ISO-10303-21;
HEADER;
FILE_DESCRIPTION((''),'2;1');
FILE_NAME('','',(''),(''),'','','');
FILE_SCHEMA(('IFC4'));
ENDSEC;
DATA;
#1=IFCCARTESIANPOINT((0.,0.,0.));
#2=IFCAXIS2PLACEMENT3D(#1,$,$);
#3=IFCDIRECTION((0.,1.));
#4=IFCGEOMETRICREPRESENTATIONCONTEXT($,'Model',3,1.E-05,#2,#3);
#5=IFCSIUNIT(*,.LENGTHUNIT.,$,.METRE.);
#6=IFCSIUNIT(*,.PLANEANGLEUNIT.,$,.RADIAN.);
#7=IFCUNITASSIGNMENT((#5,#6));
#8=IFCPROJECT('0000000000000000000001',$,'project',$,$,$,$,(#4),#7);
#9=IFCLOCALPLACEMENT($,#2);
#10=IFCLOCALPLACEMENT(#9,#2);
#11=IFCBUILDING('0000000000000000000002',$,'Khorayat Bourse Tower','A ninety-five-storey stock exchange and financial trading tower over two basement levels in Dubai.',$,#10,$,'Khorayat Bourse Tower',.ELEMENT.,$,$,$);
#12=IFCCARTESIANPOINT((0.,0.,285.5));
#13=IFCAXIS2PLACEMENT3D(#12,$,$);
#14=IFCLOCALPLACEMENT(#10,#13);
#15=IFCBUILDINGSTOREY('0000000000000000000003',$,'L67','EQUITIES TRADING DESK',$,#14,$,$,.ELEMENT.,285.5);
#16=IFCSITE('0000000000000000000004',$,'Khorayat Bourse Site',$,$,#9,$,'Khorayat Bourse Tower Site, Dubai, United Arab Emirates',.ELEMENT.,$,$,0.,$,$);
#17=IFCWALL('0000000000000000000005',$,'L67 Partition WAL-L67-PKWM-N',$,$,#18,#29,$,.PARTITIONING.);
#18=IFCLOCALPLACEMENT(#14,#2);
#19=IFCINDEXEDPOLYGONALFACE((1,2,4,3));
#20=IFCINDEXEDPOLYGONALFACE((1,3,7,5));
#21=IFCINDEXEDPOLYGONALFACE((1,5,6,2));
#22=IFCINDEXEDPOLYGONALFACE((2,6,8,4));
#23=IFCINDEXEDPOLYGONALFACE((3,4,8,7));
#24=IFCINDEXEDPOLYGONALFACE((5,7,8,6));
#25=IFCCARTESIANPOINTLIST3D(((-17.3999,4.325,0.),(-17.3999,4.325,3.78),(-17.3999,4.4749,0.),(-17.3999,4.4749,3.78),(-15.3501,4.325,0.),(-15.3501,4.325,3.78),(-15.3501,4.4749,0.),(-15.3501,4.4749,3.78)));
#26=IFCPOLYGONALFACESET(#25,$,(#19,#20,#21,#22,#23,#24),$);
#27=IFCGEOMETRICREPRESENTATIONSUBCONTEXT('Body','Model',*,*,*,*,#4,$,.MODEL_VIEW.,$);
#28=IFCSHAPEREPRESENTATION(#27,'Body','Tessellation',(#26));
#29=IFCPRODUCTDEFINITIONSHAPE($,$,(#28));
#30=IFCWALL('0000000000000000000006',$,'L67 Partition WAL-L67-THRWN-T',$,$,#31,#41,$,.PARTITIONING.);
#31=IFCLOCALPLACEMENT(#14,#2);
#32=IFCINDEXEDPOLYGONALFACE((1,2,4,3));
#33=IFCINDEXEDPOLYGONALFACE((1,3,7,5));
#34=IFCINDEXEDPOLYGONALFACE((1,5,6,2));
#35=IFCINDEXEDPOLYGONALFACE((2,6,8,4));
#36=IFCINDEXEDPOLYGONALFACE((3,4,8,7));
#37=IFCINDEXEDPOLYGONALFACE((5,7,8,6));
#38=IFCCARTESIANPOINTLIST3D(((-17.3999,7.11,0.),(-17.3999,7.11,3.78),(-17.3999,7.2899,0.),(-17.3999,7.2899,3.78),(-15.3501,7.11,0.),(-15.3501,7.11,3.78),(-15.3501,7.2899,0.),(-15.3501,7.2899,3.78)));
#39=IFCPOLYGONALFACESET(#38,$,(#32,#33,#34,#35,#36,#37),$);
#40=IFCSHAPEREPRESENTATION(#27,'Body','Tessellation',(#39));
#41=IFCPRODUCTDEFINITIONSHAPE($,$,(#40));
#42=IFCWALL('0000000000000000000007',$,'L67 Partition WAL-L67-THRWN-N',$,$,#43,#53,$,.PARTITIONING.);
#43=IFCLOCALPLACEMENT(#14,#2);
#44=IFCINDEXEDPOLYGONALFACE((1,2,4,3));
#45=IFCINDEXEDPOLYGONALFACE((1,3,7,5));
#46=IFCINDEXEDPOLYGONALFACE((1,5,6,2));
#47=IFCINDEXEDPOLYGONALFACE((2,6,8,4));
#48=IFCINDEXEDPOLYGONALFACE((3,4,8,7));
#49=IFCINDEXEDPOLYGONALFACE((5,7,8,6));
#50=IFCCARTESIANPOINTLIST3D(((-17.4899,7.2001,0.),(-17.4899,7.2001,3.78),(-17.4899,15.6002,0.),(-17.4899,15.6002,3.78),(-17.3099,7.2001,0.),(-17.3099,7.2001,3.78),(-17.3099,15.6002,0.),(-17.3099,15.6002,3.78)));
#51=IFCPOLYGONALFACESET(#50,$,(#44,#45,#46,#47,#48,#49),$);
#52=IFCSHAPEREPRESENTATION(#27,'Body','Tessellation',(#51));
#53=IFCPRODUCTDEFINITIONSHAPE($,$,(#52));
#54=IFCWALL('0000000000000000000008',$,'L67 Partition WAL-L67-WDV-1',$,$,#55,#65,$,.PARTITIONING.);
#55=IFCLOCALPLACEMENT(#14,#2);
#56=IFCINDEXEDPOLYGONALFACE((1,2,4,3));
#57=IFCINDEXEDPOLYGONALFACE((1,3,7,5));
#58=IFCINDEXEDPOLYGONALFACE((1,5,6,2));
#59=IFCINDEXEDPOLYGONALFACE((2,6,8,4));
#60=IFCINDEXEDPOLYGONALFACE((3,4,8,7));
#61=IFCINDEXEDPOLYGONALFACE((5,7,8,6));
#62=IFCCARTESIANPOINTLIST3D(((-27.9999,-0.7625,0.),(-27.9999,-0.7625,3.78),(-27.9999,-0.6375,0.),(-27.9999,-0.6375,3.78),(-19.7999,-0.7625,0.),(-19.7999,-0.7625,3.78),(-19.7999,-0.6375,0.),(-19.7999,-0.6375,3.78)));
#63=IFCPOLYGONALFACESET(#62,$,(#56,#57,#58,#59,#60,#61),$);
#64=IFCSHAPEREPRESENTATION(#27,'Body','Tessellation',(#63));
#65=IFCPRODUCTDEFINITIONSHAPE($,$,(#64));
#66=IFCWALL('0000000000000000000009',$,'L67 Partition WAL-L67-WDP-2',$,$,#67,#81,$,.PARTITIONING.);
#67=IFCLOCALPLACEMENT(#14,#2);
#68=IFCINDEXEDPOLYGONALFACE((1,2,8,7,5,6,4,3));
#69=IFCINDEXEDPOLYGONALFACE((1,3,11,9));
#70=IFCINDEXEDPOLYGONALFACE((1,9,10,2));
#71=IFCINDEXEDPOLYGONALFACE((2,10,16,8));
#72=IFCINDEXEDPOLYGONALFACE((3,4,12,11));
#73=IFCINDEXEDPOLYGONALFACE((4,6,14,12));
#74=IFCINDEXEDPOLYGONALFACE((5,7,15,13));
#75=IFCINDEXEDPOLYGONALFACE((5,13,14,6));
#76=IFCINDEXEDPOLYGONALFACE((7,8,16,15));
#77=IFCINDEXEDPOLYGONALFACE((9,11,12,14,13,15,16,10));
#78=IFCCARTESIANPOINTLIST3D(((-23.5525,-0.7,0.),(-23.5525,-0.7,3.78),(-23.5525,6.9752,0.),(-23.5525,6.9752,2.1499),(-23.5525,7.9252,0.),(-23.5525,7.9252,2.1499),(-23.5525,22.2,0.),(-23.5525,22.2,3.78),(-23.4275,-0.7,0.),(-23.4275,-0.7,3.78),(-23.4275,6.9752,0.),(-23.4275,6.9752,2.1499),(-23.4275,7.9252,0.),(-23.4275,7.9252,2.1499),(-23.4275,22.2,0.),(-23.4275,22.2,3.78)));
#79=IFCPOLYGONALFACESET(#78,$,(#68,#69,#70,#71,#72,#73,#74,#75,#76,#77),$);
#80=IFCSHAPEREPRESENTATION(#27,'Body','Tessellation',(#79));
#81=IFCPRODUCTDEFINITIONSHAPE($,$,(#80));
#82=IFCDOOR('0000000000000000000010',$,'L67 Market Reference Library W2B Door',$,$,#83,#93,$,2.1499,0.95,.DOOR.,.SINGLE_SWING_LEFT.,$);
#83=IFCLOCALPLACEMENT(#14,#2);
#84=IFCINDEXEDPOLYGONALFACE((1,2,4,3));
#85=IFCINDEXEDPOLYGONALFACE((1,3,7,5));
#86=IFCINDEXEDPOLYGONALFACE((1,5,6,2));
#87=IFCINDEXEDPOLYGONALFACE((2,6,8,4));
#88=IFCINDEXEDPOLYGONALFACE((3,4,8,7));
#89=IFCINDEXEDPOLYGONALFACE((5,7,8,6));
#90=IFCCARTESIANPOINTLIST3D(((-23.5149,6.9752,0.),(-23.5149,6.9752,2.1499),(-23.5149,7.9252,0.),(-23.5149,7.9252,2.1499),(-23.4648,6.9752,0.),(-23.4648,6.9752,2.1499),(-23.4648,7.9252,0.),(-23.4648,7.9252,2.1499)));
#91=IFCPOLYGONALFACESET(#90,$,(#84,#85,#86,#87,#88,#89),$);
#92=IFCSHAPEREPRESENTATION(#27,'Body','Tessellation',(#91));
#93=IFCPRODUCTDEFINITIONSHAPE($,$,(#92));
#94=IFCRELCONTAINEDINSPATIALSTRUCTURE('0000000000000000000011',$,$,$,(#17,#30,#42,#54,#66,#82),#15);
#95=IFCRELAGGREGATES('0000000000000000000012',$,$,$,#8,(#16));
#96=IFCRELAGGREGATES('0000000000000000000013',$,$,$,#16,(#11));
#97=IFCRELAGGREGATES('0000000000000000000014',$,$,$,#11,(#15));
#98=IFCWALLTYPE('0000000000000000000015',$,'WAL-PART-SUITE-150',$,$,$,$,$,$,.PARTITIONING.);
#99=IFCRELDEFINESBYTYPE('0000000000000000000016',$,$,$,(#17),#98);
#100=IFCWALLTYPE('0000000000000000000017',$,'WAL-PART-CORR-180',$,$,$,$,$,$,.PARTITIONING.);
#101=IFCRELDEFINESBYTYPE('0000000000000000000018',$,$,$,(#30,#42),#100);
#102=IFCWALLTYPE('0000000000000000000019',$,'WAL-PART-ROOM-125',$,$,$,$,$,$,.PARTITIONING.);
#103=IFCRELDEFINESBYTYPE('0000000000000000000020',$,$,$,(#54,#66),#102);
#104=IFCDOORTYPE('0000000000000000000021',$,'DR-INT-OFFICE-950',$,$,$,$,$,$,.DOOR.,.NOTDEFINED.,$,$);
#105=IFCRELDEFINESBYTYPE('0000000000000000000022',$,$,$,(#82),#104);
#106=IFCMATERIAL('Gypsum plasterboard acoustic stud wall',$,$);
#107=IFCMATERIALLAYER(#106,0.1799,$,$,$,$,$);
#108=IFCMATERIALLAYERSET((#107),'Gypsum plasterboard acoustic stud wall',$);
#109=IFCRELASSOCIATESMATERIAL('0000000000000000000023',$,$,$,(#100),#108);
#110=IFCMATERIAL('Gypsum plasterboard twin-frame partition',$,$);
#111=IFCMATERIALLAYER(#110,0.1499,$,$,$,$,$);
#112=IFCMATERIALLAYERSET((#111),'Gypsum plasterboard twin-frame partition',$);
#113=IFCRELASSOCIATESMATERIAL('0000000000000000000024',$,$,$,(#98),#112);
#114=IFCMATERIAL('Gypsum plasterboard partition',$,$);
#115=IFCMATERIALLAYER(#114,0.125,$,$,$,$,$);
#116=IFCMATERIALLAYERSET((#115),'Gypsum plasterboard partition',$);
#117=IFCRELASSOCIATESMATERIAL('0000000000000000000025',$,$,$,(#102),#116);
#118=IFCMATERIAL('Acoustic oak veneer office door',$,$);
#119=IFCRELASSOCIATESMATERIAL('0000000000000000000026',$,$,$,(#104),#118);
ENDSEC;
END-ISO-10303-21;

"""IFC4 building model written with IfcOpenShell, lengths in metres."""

from ifc_helpers import new_model, si_unit, direction, frame, frame_2d, origin, place, context, subcontext, project, spatial, rectangle, extrude, source, transform, mapped, material, layer, layer_set, type_object, element, fill, save


model = new_model("IFC4")

# Units and contexts
model_context = context("Model", 3, precision=1e-05, world=origin(), true_north=direction((0.0, 1.0)))
body_context = subcontext(model_context, "Body", "Model", "MODEL_VIEW")
ifc_project = project(units=[si_unit("LENGTHUNIT", "METRE"), si_unit("PLANEANGLEUNIT", "RADIAN")], contexts=[model_context])

# Site, building, storey
site_placement = place(None, origin())
site = spatial("IfcSite", under=ifc_project, at=site_placement, Name="Khorayat Bourse Site", LongName="Khorayat Bourse Tower Site, Dubai, United Arab Emirates", CompositionType="ELEMENT", RefElevation=0.0)
building_placement = place(site_placement, origin())
building = spatial("IfcBuilding", under=site, at=building_placement, Name="Khorayat Bourse Tower", Description="A ninety-five-storey stock exchange and financial trading tower over two basement levels in Dubai.", LongName="Khorayat Bourse Tower", CompositionType="ELEMENT")
storey_placement = place(building_placement, frame((0.0, 0.0, 285.5)))
storey = spatial("IfcBuildingStorey", under=building, at=storey_placement, Name="L67", Description="EQUITIES TRADING DESK", CompositionType="ELEMENT", Elevation=285.5)

# Walls
ifc_material_1 = material(Name="Gypsum plasterboard acoustic stud wall")
ifc_layer_1 = layer(ifc_material_1, 0.1799)
ifc_layer_set_1 = layer_set([ifc_layer_1], Name="Gypsum plasterboard acoustic stud wall")
wall_type_1 = type_object("IfcWallType", Name="WAL-PART-CORR-180", PredefinedType="PARTITIONING", material=ifc_layer_set_1)
ifc_material_2 = material(Name="Gypsum plasterboard twin-frame partition")
ifc_layer_2 = layer(ifc_material_2, 0.1499)
ifc_layer_set_2 = layer_set([ifc_layer_2], Name="Gypsum plasterboard twin-frame partition")
wall_type_2 = type_object("IfcWallType", Name="WAL-PART-SUITE-150", PredefinedType="PARTITIONING", material=ifc_layer_set_2)
shared_shape_1 = source(origin(), body_context, "Body", "SweptSolid", [
    extrude(rectangle(XDim=2.0498, YDim=0.1499, at=frame_2d((1.0249, 0.0))), origin(), (0.0, 0.0, 1.0), 3.78),
])
wall_1_placement = place(storey_placement, frame((-17.3999, 4.3999, 0.0), z_axis=(0.0, 0.0, 1.0), x_axis=(1.0, 0.0, 0.0)))
element("IfcWall", 1, at=wall_1_placement, inside=storey, type_object=wall_type_2, Name="L67 Partition WAL-L67-PKWM-N", PredefinedType="PARTITIONING", context=body_context, shape_type="MappedRepresentation", body=[
    mapped(shared_shape_1, transform((0.0, 0.0, 0.0), scale=1.0)),
])
shared_shape_2 = source(origin(), body_context, "Body", "SweptSolid", [
    extrude(rectangle(XDim=2.0498, YDim=0.1799, at=frame_2d((1.0249, 0.0))), origin(), (0.0, 0.0, 1.0), 3.78),
])
wall_2_placement = place(storey_placement, frame((-17.3999, 7.2, 0.0), z_axis=(0.0, 0.0, 1.0), x_axis=(1.0, 0.0, 0.0)))
element("IfcWall", 2, at=wall_2_placement, inside=storey, type_object=wall_type_1, Name="L67 Partition WAL-L67-THRWN-T", PredefinedType="PARTITIONING", context=body_context, shape_type="MappedRepresentation", body=[
    mapped(shared_shape_2, transform((0.0, 0.0, 0.0), scale=1.0)),
])
shared_shape_3 = source(origin(), body_context, "Body", "SweptSolid", [
    extrude(rectangle(XDim=8.4001, YDim=0.1799, at=frame_2d((4.2002, 0.0))), origin(), (0.0, 0.0, 1.0), 3.78),
])
wall_3_placement = place(storey_placement, frame((-17.3999, 7.2, 0.0), z_axis=(0.0, 0.0, 1.0), x_axis=(0.0, 1.0, 0.0)))
element("IfcWall", 3, at=wall_3_placement, inside=storey, type_object=wall_type_1, Name="L67 Partition WAL-L67-THRWN-N", PredefinedType="PARTITIONING", context=body_context, shape_type="MappedRepresentation", body=[
    mapped(shared_shape_3, transform((0.0, 0.0, 0.0), scale=1.0)),
])
ifc_material_3 = material(Name="Gypsum plasterboard partition")
ifc_layer_3 = layer(ifc_material_3, 0.125)
ifc_layer_set_3 = layer_set([ifc_layer_3], Name="Gypsum plasterboard partition")
wall_type_3 = type_object("IfcWallType", Name="WAL-PART-ROOM-125", PredefinedType="PARTITIONING", material=ifc_layer_set_3)
shared_shape_4 = source(origin(), body_context, "Body", "SweptSolid", [
    extrude(rectangle(XDim=8.2, YDim=0.125, at=frame_2d((4.1001, 0.0))), origin(), (0.0, 0.0, 1.0), 3.78),
])
wall_4_placement = place(storey_placement, frame((-28.0, -0.7, 0.0), z_axis=(0.0, 0.0, 1.0), x_axis=(1.0, 0.0, 0.0)))
element("IfcWall", 4, at=wall_4_placement, inside=storey, type_object=wall_type_3, Name="L67 Partition WAL-L67-WDV-1", PredefinedType="PARTITIONING", context=body_context, shape_type="MappedRepresentation", body=[
    mapped(shared_shape_4, transform((0.0, 0.0, 0.0), scale=1.0)),
])

# Wall, opening, door
shared_shape_5 = source(origin(), body_context, "Body", "SweptSolid", [
    extrude(rectangle(XDim=22.8999, YDim=0.125, at=frame_2d((11.45, 0.0))), origin(), (0.0, 0.0, 1.0), 3.78),
])
wall_5_placement = place(storey_placement, frame((-23.49, -0.7, 0.0), z_axis=(0.0, 0.0, 1.0), x_axis=(0.0, 1.0, 0.0)))
wall_5 = element("IfcWall", 5, at=wall_5_placement, inside=storey, type_object=wall_type_3, Name="L67 Partition WAL-L67-WDP-2", PredefinedType="PARTITIONING", context=body_context, shape_type="MappedRepresentation", body=[
    mapped(shared_shape_5, transform((0.0, 0.0, 0.0), scale=1.0)),
])
shared_shape_6 = source(origin(), body_context, "Body", "SweptSolid", [
    extrude(rectangle(XDim=0.95, YDim=2.1499, at=frame_2d((0.4751, 1.075))), frame((0.0, 0.0725, 0.0), z_axis=(0.0, -1.0, 0.0), x_axis=(1.0, 0.0, 0.0)), (0.0, 0.0, 1.0), 0.145),
])
opening_placement = place(wall_5_placement, frame((7.675, 0.0, 0.0)))
opening = element("IfcOpeningElement", 6, at=opening_placement, cuts=wall_5, PredefinedType="OPENING", context=body_context, shape_type="MappedRepresentation", body=[
    mapped(shared_shape_6, transform((0.0, 0.0, 0.0), scale=1.0)),
])
ifc_material_4 = material(Name="Acoustic oak veneer office door")
door_type = type_object("IfcDoorType", Name="DR-INT-OFFICE-950", OperationType="NOTDEFINED", PredefinedType="DOOR", material=ifc_material_4)
shared_shape_7 = source(origin(), body_context, "Body", "SweptSolid", [
    extrude(rectangle(XDim=0.95, YDim=2.1499, at=frame_2d((0.4751, 1.075))), frame((0.0, 0.0249, 0.0), z_axis=(0.0, -1.0, 0.0), x_axis=(1.0, 0.0, 0.0)), (0.0, 0.0, 1.0), 0.05),
])
door_placement = place(opening_placement, origin())
door = element("IfcDoor", 7, at=door_placement, inside=storey, type_object=door_type, Name="L67 Market Reference Library W2B Door", OperationType="SINGLE_SWING_LEFT", OverallHeight=2.1499, OverallWidth=0.95, PredefinedType="DOOR", context=body_context, shape_type="MappedRepresentation", body=[
    mapped(shared_shape_7, transform((0.0, 0.0, 0.0), scale=1.0)),
])
fill(opening, door)

save(model, "model.ifc")
